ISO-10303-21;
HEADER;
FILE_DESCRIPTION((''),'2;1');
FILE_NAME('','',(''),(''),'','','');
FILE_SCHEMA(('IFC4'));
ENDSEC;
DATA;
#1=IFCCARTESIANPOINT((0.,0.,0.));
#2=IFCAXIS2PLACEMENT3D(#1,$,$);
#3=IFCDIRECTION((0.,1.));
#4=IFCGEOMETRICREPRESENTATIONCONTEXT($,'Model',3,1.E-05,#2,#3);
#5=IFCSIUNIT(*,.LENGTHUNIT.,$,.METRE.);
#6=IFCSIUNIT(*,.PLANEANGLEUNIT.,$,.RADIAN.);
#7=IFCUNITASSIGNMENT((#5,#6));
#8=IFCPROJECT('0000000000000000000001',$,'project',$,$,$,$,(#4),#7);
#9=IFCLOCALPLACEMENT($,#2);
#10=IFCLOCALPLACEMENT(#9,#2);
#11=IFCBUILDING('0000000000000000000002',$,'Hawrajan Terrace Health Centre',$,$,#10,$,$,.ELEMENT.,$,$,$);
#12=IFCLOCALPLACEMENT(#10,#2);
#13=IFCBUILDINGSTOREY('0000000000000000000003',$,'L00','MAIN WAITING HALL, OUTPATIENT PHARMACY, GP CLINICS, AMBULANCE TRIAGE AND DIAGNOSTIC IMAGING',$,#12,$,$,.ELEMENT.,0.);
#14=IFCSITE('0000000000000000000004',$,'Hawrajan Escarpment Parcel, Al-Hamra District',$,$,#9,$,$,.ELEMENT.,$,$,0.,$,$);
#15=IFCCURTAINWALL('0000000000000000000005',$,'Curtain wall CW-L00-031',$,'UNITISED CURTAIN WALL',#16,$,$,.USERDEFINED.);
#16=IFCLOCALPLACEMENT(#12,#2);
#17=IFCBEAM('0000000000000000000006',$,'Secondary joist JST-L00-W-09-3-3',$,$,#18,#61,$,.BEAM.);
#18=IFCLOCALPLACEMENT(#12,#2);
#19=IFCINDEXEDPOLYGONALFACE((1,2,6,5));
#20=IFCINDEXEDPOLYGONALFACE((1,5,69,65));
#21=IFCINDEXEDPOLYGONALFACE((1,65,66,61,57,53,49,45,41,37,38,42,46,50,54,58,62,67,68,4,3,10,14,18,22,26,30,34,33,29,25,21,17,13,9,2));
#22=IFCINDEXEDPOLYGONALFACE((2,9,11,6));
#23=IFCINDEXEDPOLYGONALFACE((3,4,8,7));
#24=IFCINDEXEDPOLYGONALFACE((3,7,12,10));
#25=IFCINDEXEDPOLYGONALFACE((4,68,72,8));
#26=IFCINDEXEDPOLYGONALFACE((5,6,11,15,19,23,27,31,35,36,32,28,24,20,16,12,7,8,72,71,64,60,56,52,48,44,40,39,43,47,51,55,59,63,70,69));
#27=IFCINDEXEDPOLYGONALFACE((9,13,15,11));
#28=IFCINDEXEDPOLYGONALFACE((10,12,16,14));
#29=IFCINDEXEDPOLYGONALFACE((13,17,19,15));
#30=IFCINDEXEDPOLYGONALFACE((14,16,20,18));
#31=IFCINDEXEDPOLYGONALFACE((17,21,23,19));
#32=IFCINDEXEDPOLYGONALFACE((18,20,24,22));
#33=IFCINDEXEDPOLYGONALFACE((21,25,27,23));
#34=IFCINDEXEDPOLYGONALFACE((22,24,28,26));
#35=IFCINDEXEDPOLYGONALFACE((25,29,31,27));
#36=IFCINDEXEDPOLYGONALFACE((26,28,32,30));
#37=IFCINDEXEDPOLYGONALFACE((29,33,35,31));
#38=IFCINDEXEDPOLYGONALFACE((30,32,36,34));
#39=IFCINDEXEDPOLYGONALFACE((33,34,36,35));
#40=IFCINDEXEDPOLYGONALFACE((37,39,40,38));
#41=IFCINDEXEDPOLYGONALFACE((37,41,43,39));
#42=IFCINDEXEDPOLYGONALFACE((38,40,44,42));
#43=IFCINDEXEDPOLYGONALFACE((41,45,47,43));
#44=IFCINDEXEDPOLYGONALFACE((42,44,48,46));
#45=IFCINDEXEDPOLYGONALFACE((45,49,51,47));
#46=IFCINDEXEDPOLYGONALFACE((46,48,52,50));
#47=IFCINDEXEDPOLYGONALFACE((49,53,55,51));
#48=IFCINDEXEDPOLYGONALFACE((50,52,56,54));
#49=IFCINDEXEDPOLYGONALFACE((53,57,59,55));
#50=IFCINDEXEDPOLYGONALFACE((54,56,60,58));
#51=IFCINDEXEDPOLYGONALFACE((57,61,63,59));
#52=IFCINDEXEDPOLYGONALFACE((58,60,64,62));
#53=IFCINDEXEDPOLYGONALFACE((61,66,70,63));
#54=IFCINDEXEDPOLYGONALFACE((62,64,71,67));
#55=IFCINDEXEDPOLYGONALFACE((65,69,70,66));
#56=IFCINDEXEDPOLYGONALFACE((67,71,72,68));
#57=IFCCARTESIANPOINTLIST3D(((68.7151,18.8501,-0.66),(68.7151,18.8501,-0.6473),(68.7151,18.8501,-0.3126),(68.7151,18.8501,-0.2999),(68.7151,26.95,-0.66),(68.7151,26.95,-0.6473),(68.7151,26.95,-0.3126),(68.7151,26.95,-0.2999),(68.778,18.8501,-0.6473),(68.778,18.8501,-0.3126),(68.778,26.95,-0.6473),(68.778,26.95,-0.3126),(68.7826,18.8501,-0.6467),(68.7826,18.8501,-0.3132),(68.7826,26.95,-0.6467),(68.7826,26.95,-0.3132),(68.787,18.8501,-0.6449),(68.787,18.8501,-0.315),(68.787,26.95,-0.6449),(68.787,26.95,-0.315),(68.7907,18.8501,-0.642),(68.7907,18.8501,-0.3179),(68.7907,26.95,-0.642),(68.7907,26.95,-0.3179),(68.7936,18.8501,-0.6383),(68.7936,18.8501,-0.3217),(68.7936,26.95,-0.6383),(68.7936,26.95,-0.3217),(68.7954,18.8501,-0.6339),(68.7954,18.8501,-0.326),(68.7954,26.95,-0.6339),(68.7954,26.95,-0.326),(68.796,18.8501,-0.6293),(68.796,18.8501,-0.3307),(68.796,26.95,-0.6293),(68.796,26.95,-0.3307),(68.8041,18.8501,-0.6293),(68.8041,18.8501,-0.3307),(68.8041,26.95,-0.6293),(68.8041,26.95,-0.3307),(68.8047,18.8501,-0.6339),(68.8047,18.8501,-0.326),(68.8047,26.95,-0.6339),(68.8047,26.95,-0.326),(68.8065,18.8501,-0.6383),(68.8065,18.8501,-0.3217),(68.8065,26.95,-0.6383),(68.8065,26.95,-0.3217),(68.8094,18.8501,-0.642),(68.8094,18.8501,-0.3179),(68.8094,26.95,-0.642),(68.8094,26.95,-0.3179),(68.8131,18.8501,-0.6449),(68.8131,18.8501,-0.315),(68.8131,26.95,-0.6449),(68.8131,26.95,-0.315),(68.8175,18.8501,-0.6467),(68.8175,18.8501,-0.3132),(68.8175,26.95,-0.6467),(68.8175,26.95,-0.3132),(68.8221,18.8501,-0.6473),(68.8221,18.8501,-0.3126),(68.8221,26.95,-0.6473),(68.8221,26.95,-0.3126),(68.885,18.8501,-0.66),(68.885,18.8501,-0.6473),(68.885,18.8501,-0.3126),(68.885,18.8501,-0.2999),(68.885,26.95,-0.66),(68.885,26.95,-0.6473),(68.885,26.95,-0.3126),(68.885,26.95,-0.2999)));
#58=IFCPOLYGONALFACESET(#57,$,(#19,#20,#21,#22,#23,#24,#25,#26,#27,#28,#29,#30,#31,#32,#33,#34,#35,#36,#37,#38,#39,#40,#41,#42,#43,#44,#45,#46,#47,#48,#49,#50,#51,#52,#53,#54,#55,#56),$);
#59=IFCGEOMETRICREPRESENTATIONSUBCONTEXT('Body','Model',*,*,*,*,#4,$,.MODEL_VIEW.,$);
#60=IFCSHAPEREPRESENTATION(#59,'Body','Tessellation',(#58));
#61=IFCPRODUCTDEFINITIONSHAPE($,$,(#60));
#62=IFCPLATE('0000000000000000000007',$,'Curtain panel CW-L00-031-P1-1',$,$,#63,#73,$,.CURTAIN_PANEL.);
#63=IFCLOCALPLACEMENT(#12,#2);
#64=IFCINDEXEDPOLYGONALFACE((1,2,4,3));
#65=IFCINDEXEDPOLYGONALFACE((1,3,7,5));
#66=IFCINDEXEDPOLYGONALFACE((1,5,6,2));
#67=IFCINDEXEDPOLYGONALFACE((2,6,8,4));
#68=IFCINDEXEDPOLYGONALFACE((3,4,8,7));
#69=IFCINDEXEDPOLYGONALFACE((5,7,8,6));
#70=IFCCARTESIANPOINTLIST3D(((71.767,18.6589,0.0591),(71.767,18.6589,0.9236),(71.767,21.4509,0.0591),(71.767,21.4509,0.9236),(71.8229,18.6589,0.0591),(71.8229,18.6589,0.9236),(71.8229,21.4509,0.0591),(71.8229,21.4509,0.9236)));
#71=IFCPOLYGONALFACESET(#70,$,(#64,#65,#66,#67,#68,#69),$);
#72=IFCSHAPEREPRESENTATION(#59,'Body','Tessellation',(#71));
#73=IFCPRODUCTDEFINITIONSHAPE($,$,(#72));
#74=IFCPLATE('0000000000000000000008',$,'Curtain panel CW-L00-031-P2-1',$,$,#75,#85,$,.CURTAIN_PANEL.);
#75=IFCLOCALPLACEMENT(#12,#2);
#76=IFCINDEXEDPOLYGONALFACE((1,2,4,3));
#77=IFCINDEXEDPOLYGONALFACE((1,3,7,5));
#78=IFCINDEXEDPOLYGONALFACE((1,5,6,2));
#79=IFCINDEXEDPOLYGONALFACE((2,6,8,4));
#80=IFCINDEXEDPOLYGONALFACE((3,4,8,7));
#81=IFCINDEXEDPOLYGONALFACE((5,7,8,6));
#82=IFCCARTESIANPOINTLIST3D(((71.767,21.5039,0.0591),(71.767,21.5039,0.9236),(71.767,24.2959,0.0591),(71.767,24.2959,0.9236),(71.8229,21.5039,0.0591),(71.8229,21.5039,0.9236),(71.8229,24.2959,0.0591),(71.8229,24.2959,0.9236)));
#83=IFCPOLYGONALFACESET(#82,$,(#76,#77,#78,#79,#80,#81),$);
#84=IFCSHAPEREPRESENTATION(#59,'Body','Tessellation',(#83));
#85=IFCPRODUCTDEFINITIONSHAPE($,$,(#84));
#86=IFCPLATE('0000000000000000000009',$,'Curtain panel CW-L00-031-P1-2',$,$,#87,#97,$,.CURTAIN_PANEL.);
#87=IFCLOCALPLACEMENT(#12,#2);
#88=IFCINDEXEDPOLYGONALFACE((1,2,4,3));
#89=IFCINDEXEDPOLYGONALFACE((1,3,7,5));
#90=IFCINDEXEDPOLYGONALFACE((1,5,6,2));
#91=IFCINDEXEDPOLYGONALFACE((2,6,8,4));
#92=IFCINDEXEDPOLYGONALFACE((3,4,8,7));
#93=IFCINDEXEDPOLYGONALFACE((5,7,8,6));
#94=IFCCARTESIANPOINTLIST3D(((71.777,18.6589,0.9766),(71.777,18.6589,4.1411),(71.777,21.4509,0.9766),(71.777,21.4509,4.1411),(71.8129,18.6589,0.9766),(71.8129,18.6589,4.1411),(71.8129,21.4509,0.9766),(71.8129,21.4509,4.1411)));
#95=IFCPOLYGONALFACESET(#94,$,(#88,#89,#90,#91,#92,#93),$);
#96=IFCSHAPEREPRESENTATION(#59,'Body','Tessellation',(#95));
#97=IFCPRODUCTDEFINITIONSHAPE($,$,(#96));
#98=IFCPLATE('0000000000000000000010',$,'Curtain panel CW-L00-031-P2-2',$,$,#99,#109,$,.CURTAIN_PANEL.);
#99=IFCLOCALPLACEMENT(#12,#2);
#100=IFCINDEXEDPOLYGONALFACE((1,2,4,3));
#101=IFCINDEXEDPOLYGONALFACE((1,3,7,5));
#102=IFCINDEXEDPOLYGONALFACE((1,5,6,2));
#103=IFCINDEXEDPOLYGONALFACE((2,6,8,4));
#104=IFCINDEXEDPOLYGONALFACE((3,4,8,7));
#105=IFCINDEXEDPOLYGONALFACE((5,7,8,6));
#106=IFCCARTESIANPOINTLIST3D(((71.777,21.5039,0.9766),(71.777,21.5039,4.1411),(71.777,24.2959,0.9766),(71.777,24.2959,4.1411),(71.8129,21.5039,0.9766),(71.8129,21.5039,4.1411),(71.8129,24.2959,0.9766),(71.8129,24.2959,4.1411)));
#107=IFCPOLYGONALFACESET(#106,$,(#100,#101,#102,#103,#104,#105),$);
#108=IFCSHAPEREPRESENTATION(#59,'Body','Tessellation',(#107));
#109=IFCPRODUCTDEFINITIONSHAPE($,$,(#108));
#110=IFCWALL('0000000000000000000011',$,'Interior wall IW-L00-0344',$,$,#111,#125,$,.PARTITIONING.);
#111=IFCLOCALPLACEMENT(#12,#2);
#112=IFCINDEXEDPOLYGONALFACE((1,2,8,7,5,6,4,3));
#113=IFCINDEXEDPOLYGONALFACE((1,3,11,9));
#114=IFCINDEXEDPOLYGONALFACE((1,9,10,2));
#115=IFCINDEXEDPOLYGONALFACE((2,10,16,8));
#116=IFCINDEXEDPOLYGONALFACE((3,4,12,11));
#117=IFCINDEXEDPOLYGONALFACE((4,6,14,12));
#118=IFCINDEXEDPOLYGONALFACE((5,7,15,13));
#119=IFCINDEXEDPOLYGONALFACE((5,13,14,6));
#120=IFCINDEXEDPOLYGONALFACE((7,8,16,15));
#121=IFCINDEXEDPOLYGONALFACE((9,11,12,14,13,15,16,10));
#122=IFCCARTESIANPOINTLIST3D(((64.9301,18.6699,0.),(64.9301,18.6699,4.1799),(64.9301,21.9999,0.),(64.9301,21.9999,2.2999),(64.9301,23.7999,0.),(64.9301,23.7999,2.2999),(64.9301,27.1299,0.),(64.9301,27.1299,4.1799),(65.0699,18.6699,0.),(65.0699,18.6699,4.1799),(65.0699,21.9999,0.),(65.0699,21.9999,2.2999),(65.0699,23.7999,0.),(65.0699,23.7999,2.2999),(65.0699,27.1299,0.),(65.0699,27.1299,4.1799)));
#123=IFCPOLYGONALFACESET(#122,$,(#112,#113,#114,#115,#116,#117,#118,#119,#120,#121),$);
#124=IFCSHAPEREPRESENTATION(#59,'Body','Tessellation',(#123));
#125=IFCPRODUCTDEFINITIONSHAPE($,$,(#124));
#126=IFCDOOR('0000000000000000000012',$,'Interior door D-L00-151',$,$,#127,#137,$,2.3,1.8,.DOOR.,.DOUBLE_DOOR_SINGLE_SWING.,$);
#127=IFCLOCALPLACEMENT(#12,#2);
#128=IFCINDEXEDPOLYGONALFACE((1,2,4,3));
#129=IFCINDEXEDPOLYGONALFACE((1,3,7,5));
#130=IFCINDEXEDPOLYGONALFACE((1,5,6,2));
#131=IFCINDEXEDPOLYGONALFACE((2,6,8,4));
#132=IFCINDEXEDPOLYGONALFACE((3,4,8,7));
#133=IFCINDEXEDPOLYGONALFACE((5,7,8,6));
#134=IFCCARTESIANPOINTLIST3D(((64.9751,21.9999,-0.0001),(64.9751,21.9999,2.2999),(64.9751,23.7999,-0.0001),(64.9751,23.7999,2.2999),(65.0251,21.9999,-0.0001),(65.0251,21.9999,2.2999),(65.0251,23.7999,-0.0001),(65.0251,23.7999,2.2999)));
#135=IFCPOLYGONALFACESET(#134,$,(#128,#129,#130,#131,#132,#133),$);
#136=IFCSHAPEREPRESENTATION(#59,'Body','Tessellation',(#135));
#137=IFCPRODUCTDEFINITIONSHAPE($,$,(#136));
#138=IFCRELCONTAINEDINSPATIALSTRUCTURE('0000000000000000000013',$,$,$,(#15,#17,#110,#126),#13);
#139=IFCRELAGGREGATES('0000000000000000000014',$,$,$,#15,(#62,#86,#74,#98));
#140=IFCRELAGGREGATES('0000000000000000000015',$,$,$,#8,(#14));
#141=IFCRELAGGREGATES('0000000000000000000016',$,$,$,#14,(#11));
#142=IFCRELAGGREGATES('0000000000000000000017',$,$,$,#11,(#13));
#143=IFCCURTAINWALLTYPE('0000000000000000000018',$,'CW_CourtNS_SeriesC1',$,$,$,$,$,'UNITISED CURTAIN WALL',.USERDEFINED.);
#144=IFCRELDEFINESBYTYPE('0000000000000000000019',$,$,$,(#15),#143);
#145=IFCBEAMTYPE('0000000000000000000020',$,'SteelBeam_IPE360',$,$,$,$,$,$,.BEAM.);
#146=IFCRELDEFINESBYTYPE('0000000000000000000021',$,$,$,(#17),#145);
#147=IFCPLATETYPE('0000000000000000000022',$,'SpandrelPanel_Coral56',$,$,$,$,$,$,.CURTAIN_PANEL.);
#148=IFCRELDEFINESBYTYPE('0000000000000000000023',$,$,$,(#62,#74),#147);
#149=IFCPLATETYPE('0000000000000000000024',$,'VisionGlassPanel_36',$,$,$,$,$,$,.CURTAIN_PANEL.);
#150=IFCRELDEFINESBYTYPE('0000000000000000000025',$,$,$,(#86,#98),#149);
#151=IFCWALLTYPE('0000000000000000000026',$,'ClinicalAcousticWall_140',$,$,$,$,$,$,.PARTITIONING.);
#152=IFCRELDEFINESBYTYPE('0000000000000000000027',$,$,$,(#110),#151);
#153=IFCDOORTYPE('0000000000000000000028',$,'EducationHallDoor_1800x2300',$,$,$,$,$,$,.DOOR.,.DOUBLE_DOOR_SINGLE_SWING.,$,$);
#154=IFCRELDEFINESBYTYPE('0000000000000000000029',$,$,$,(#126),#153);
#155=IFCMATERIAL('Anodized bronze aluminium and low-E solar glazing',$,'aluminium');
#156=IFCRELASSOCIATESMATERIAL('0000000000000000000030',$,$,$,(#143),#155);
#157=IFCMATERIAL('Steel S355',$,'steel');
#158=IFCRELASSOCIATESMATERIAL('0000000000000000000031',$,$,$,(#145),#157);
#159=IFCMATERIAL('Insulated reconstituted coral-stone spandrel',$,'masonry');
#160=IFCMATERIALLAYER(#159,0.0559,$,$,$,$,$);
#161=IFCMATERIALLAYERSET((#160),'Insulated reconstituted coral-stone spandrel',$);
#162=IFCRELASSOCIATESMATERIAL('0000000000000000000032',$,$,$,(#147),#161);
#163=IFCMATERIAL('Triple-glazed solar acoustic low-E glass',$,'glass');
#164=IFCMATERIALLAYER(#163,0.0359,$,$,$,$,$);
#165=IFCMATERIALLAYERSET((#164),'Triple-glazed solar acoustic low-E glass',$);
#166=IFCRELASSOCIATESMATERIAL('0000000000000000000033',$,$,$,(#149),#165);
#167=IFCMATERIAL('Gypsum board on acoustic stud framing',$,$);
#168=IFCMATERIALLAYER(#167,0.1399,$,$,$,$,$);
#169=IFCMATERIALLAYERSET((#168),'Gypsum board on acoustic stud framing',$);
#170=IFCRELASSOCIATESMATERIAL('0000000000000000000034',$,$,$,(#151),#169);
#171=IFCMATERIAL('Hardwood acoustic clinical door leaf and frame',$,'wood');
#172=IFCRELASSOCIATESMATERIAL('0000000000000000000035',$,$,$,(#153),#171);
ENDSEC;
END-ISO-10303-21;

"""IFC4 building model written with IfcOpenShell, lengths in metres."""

from ifc_helpers import new_model, si_unit, direction, frame, frame_2d, origin, origin_2d, place, context, subcontext, project, spatial, rectangle, i_section, extrude, material, layer, layer_set, material_profile, profile_set, type_object, element, fill, aggregate, save


model = new_model("IFC4")

# Units and contexts
model_context = context("Model", 3, precision=1e-05, world=origin(), true_north=direction((0.0, 1.0)))
body_context = subcontext(model_context, "Body", "Model", "MODEL_VIEW")
ifc_project = project(units=[si_unit("LENGTHUNIT", "METRE"), si_unit("PLANEANGLEUNIT", "RADIAN")], contexts=[model_context])

# Site, building, storey
site_placement = place(None, origin())
site = spatial("IfcSite", under=ifc_project, at=site_placement, Name="Hawrajan Escarpment Parcel, Al-Hamra District", CompositionType="ELEMENT", RefElevation=0.0)
building_placement = place(site_placement, origin())
building = spatial("IfcBuilding", under=site, at=building_placement, Name="Hawrajan Terrace Health Centre", CompositionType="ELEMENT")
storey_placement = place(building_placement, origin())
storey = spatial("IfcBuildingStorey", under=building, at=storey_placement, Name="L00", Description="MAIN WAITING HALL, OUTPATIENT PHARMACY, GP CLINICS, AMBULANCE TRIAGE AND DIAGNOSTIC IMAGING", CompositionType="ELEMENT", Elevation=0.0)

# Curtain wall
ifc_material_1 = material(Name="Anodized bronze aluminium and low-E solar glazing", Category="aluminium")
curtain_wall_type_1 = type_object("IfcCurtainWallType", Name="CW_CourtNS_SeriesC1", ElementType="UNITISED CURTAIN WALL", PredefinedType="USERDEFINED", material=ifc_material_1)
curtain_wall_1_placement = place(storey_placement, origin())
curtain_wall_1 = element("IfcCurtainWall", 1, at=curtain_wall_1_placement, inside=storey, type_object=curtain_wall_type_1, Name="Curtain wall CW-L00-031", ObjectType="UNITISED CURTAIN WALL", PredefinedType="USERDEFINED")

# Beam
ifc_material_2 = material(Name="Steel S355", Category="steel")
ifc_material_profile_1 = material_profile(ifc_material_2, i_section(OverallWidth=0.1699, OverallDepth=0.3601, WebThickness=0.0081, FlangeThickness=0.0127, FilletRadius=0.0181, at=origin_2d()), Name="IPE 360")
ifc_profile_set_1 = profile_set([ifc_material_profile_1], Name="Steel S355")
beam_type_1 = type_object("IfcBeamType", Name="SteelBeam_IPE360", PredefinedType="BEAM", material=ifc_profile_set_1)
for number, where, z_axis, x_axis, name in (
    (2, (68.8, 18.8501, -0.48), (0.0, 1.0, 0.0), (-1.0, 0.0, 0.0), "Secondary joist JST-L00-W-09-3-3"),
):
    element("IfcBeam", number, at=place(storey_placement, frame(where, z_axis=z_axis, x_axis=x_axis)), inside=storey, type_object=beam_type_1, Name=name, PredefinedType="BEAM", context=body_context, shape_type="SweptSolid", body=[
        extrude(i_section(OverallWidth=0.1699, OverallDepth=0.3601, WebThickness=0.0081, FlangeThickness=0.0127, FilletRadius=0.0181, at=origin_2d()), origin(), (0.0, 0.0, 1.0), 8.0999),
    ])

# Plates
ifc_material_3 = material(Name="Insulated reconstituted coral-stone spandrel", Category="masonry")
ifc_layer_1 = layer(ifc_material_3, 0.0559)
ifc_layer_set_1 = layer_set([ifc_layer_1], Name="Insulated reconstituted coral-stone spandrel")
plate_type_1 = type_object("IfcPlateType", Name="SpandrelPanel_Coral56", PredefinedType="CURTAIN_PANEL", material=ifc_layer_set_1)
plate_1_placement = place(storey_placement, frame((71.7949, 20.0549, 0.0591), z_axis=(0.0, 0.0, 1.0), x_axis=(0.0, 1.0, 0.0)))
plate_1 = element("IfcPlate", 3, at=plate_1_placement, type_object=plate_type_1, Name="Curtain panel CW-L00-031-P1-1", PredefinedType="CURTAIN_PANEL", context=body_context, shape_type="SweptSolid", body=[
    extrude(rectangle(XDim=2.792, YDim=0.0559, at=origin_2d()), origin(), (0.0, 0.0, 1.0), 0.8645),
])
plate_2_placement = place(storey_placement, frame((71.7949, 22.8999, 0.0591), z_axis=(0.0, 0.0, 1.0), x_axis=(0.0, 1.0, 0.0)))
plate_2 = element("IfcPlate", 4, at=plate_2_placement, type_object=plate_type_1, Name="Curtain panel CW-L00-031-P2-1", PredefinedType="CURTAIN_PANEL", context=body_context, shape_type="SweptSolid", body=[
    extrude(rectangle(XDim=2.792, YDim=0.0559, at=origin_2d()), origin(), (0.0, 0.0, 1.0), 0.8645),
])
ifc_material_4 = material(Name="Triple-glazed solar acoustic low-E glass", Category="glass")
ifc_layer_2 = layer(ifc_material_4, 0.0359)
ifc_layer_set_2 = layer_set([ifc_layer_2], Name="Triple-glazed solar acoustic low-E glass")
plate_type_2 = type_object("IfcPlateType", Name="VisionGlassPanel_36", PredefinedType="CURTAIN_PANEL", material=ifc_layer_set_2)
plate_3_placement = place(storey_placement, frame((71.7949, 20.0549, 0.9766), z_axis=(0.0, 0.0, 1.0), x_axis=(0.0, 1.0, 0.0)))
plate_3 = element("IfcPlate", 5, at=plate_3_placement, type_object=plate_type_2, Name="Curtain panel CW-L00-031-P1-2", PredefinedType="CURTAIN_PANEL", context=body_context, shape_type="SweptSolid", body=[
    extrude(rectangle(XDim=2.792, YDim=0.0359, at=origin_2d()), origin(), (0.0, 0.0, 1.0), 3.1646),
])
plate_4_placement = place(storey_placement, frame((71.7949, 22.8999, 0.9766), z_axis=(0.0, 0.0, 1.0), x_axis=(0.0, 1.0, 0.0)))
plate_4 = element("IfcPlate", 6, at=plate_4_placement, type_object=plate_type_2, Name="Curtain panel CW-L00-031-P2-2", PredefinedType="CURTAIN_PANEL", context=body_context, shape_type="SweptSolid", body=[
    extrude(rectangle(XDim=2.792, YDim=0.0359, at=origin_2d()), origin(), (0.0, 0.0, 1.0), 3.1646),
])
aggregate(curtain_wall_1, [plate_1, plate_3, plate_2, plate_4])

# Wall, opening, door
ifc_material_5 = material(Name="Gypsum board on acoustic stud framing")
ifc_layer_3 = layer(ifc_material_5, 0.1399)
ifc_layer_set_3 = layer_set([ifc_layer_3], Name="Gypsum board on acoustic stud framing")
wall_type = type_object("IfcWallType", Name="ClinicalAcousticWall_140", PredefinedType="PARTITIONING", material=ifc_layer_set_3)
wall_placement = place(storey_placement, frame((65.0, 18.6699, 0.0), z_axis=(0.0, 0.0, 1.0), x_axis=(0.0, 1.0, 0.0)))
wall = element("IfcWall", 7, at=wall_placement, inside=storey, type_object=wall_type, Name="Interior wall IW-L00-0344", PredefinedType="PARTITIONING", context=body_context, shape_type="SweptSolid", body=[
    extrude(rectangle(XDim=8.46, YDim=0.1399, at=frame_2d((4.23, 0.0))), origin(), (0.0, 0.0, 1.0), 4.1799),
])
opening_placement = place(wall_placement, frame((3.3301, 0.0, 0.0)))
opening = element("IfcOpeningElement", 8, at=opening_placement, cuts=wall, PredefinedType="OPENING", context=body_context, shape_type="SweptSolid", body=[
    extrude(rectangle(XDim=1.8, YDim=2.3, at=frame_2d((0.8999, 1.1499))), frame((0.0, 0.0798, 0.0), z_axis=(0.0, -1.0, 0.0), x_axis=(1.0, 0.0, 0.0)), (0.0, 0.0, 1.0), 0.1599),
])
ifc_material_6 = material(Name="Hardwood acoustic clinical door leaf and frame", Category="wood")
door_type = type_object("IfcDoorType", Name="EducationHallDoor_1800x2300", OperationType="DOUBLE_DOOR_SINGLE_SWING", PredefinedType="DOOR", material=ifc_material_6)
door_placement = place(opening_placement, origin())
door = element("IfcDoor", 9, at=door_placement, inside=storey, type_object=door_type, Name="Interior door D-L00-151", OperationType="DOUBLE_DOOR_SINGLE_SWING", OverallHeight=2.3, OverallWidth=1.8, PredefinedType="DOOR", context=body_context, shape_type="SweptSolid", body=[
    extrude(rectangle(XDim=1.8, YDim=2.3, at=frame_2d((0.8999, 1.1499))), frame((0.0, 0.0249, 0.0), z_axis=(0.0, -1.0, 0.0), x_axis=(1.0, 0.0, 0.0)), (0.0, 0.0, 1.0), 0.05),
])
fill(opening, door)

save(model, "model.ifc")
